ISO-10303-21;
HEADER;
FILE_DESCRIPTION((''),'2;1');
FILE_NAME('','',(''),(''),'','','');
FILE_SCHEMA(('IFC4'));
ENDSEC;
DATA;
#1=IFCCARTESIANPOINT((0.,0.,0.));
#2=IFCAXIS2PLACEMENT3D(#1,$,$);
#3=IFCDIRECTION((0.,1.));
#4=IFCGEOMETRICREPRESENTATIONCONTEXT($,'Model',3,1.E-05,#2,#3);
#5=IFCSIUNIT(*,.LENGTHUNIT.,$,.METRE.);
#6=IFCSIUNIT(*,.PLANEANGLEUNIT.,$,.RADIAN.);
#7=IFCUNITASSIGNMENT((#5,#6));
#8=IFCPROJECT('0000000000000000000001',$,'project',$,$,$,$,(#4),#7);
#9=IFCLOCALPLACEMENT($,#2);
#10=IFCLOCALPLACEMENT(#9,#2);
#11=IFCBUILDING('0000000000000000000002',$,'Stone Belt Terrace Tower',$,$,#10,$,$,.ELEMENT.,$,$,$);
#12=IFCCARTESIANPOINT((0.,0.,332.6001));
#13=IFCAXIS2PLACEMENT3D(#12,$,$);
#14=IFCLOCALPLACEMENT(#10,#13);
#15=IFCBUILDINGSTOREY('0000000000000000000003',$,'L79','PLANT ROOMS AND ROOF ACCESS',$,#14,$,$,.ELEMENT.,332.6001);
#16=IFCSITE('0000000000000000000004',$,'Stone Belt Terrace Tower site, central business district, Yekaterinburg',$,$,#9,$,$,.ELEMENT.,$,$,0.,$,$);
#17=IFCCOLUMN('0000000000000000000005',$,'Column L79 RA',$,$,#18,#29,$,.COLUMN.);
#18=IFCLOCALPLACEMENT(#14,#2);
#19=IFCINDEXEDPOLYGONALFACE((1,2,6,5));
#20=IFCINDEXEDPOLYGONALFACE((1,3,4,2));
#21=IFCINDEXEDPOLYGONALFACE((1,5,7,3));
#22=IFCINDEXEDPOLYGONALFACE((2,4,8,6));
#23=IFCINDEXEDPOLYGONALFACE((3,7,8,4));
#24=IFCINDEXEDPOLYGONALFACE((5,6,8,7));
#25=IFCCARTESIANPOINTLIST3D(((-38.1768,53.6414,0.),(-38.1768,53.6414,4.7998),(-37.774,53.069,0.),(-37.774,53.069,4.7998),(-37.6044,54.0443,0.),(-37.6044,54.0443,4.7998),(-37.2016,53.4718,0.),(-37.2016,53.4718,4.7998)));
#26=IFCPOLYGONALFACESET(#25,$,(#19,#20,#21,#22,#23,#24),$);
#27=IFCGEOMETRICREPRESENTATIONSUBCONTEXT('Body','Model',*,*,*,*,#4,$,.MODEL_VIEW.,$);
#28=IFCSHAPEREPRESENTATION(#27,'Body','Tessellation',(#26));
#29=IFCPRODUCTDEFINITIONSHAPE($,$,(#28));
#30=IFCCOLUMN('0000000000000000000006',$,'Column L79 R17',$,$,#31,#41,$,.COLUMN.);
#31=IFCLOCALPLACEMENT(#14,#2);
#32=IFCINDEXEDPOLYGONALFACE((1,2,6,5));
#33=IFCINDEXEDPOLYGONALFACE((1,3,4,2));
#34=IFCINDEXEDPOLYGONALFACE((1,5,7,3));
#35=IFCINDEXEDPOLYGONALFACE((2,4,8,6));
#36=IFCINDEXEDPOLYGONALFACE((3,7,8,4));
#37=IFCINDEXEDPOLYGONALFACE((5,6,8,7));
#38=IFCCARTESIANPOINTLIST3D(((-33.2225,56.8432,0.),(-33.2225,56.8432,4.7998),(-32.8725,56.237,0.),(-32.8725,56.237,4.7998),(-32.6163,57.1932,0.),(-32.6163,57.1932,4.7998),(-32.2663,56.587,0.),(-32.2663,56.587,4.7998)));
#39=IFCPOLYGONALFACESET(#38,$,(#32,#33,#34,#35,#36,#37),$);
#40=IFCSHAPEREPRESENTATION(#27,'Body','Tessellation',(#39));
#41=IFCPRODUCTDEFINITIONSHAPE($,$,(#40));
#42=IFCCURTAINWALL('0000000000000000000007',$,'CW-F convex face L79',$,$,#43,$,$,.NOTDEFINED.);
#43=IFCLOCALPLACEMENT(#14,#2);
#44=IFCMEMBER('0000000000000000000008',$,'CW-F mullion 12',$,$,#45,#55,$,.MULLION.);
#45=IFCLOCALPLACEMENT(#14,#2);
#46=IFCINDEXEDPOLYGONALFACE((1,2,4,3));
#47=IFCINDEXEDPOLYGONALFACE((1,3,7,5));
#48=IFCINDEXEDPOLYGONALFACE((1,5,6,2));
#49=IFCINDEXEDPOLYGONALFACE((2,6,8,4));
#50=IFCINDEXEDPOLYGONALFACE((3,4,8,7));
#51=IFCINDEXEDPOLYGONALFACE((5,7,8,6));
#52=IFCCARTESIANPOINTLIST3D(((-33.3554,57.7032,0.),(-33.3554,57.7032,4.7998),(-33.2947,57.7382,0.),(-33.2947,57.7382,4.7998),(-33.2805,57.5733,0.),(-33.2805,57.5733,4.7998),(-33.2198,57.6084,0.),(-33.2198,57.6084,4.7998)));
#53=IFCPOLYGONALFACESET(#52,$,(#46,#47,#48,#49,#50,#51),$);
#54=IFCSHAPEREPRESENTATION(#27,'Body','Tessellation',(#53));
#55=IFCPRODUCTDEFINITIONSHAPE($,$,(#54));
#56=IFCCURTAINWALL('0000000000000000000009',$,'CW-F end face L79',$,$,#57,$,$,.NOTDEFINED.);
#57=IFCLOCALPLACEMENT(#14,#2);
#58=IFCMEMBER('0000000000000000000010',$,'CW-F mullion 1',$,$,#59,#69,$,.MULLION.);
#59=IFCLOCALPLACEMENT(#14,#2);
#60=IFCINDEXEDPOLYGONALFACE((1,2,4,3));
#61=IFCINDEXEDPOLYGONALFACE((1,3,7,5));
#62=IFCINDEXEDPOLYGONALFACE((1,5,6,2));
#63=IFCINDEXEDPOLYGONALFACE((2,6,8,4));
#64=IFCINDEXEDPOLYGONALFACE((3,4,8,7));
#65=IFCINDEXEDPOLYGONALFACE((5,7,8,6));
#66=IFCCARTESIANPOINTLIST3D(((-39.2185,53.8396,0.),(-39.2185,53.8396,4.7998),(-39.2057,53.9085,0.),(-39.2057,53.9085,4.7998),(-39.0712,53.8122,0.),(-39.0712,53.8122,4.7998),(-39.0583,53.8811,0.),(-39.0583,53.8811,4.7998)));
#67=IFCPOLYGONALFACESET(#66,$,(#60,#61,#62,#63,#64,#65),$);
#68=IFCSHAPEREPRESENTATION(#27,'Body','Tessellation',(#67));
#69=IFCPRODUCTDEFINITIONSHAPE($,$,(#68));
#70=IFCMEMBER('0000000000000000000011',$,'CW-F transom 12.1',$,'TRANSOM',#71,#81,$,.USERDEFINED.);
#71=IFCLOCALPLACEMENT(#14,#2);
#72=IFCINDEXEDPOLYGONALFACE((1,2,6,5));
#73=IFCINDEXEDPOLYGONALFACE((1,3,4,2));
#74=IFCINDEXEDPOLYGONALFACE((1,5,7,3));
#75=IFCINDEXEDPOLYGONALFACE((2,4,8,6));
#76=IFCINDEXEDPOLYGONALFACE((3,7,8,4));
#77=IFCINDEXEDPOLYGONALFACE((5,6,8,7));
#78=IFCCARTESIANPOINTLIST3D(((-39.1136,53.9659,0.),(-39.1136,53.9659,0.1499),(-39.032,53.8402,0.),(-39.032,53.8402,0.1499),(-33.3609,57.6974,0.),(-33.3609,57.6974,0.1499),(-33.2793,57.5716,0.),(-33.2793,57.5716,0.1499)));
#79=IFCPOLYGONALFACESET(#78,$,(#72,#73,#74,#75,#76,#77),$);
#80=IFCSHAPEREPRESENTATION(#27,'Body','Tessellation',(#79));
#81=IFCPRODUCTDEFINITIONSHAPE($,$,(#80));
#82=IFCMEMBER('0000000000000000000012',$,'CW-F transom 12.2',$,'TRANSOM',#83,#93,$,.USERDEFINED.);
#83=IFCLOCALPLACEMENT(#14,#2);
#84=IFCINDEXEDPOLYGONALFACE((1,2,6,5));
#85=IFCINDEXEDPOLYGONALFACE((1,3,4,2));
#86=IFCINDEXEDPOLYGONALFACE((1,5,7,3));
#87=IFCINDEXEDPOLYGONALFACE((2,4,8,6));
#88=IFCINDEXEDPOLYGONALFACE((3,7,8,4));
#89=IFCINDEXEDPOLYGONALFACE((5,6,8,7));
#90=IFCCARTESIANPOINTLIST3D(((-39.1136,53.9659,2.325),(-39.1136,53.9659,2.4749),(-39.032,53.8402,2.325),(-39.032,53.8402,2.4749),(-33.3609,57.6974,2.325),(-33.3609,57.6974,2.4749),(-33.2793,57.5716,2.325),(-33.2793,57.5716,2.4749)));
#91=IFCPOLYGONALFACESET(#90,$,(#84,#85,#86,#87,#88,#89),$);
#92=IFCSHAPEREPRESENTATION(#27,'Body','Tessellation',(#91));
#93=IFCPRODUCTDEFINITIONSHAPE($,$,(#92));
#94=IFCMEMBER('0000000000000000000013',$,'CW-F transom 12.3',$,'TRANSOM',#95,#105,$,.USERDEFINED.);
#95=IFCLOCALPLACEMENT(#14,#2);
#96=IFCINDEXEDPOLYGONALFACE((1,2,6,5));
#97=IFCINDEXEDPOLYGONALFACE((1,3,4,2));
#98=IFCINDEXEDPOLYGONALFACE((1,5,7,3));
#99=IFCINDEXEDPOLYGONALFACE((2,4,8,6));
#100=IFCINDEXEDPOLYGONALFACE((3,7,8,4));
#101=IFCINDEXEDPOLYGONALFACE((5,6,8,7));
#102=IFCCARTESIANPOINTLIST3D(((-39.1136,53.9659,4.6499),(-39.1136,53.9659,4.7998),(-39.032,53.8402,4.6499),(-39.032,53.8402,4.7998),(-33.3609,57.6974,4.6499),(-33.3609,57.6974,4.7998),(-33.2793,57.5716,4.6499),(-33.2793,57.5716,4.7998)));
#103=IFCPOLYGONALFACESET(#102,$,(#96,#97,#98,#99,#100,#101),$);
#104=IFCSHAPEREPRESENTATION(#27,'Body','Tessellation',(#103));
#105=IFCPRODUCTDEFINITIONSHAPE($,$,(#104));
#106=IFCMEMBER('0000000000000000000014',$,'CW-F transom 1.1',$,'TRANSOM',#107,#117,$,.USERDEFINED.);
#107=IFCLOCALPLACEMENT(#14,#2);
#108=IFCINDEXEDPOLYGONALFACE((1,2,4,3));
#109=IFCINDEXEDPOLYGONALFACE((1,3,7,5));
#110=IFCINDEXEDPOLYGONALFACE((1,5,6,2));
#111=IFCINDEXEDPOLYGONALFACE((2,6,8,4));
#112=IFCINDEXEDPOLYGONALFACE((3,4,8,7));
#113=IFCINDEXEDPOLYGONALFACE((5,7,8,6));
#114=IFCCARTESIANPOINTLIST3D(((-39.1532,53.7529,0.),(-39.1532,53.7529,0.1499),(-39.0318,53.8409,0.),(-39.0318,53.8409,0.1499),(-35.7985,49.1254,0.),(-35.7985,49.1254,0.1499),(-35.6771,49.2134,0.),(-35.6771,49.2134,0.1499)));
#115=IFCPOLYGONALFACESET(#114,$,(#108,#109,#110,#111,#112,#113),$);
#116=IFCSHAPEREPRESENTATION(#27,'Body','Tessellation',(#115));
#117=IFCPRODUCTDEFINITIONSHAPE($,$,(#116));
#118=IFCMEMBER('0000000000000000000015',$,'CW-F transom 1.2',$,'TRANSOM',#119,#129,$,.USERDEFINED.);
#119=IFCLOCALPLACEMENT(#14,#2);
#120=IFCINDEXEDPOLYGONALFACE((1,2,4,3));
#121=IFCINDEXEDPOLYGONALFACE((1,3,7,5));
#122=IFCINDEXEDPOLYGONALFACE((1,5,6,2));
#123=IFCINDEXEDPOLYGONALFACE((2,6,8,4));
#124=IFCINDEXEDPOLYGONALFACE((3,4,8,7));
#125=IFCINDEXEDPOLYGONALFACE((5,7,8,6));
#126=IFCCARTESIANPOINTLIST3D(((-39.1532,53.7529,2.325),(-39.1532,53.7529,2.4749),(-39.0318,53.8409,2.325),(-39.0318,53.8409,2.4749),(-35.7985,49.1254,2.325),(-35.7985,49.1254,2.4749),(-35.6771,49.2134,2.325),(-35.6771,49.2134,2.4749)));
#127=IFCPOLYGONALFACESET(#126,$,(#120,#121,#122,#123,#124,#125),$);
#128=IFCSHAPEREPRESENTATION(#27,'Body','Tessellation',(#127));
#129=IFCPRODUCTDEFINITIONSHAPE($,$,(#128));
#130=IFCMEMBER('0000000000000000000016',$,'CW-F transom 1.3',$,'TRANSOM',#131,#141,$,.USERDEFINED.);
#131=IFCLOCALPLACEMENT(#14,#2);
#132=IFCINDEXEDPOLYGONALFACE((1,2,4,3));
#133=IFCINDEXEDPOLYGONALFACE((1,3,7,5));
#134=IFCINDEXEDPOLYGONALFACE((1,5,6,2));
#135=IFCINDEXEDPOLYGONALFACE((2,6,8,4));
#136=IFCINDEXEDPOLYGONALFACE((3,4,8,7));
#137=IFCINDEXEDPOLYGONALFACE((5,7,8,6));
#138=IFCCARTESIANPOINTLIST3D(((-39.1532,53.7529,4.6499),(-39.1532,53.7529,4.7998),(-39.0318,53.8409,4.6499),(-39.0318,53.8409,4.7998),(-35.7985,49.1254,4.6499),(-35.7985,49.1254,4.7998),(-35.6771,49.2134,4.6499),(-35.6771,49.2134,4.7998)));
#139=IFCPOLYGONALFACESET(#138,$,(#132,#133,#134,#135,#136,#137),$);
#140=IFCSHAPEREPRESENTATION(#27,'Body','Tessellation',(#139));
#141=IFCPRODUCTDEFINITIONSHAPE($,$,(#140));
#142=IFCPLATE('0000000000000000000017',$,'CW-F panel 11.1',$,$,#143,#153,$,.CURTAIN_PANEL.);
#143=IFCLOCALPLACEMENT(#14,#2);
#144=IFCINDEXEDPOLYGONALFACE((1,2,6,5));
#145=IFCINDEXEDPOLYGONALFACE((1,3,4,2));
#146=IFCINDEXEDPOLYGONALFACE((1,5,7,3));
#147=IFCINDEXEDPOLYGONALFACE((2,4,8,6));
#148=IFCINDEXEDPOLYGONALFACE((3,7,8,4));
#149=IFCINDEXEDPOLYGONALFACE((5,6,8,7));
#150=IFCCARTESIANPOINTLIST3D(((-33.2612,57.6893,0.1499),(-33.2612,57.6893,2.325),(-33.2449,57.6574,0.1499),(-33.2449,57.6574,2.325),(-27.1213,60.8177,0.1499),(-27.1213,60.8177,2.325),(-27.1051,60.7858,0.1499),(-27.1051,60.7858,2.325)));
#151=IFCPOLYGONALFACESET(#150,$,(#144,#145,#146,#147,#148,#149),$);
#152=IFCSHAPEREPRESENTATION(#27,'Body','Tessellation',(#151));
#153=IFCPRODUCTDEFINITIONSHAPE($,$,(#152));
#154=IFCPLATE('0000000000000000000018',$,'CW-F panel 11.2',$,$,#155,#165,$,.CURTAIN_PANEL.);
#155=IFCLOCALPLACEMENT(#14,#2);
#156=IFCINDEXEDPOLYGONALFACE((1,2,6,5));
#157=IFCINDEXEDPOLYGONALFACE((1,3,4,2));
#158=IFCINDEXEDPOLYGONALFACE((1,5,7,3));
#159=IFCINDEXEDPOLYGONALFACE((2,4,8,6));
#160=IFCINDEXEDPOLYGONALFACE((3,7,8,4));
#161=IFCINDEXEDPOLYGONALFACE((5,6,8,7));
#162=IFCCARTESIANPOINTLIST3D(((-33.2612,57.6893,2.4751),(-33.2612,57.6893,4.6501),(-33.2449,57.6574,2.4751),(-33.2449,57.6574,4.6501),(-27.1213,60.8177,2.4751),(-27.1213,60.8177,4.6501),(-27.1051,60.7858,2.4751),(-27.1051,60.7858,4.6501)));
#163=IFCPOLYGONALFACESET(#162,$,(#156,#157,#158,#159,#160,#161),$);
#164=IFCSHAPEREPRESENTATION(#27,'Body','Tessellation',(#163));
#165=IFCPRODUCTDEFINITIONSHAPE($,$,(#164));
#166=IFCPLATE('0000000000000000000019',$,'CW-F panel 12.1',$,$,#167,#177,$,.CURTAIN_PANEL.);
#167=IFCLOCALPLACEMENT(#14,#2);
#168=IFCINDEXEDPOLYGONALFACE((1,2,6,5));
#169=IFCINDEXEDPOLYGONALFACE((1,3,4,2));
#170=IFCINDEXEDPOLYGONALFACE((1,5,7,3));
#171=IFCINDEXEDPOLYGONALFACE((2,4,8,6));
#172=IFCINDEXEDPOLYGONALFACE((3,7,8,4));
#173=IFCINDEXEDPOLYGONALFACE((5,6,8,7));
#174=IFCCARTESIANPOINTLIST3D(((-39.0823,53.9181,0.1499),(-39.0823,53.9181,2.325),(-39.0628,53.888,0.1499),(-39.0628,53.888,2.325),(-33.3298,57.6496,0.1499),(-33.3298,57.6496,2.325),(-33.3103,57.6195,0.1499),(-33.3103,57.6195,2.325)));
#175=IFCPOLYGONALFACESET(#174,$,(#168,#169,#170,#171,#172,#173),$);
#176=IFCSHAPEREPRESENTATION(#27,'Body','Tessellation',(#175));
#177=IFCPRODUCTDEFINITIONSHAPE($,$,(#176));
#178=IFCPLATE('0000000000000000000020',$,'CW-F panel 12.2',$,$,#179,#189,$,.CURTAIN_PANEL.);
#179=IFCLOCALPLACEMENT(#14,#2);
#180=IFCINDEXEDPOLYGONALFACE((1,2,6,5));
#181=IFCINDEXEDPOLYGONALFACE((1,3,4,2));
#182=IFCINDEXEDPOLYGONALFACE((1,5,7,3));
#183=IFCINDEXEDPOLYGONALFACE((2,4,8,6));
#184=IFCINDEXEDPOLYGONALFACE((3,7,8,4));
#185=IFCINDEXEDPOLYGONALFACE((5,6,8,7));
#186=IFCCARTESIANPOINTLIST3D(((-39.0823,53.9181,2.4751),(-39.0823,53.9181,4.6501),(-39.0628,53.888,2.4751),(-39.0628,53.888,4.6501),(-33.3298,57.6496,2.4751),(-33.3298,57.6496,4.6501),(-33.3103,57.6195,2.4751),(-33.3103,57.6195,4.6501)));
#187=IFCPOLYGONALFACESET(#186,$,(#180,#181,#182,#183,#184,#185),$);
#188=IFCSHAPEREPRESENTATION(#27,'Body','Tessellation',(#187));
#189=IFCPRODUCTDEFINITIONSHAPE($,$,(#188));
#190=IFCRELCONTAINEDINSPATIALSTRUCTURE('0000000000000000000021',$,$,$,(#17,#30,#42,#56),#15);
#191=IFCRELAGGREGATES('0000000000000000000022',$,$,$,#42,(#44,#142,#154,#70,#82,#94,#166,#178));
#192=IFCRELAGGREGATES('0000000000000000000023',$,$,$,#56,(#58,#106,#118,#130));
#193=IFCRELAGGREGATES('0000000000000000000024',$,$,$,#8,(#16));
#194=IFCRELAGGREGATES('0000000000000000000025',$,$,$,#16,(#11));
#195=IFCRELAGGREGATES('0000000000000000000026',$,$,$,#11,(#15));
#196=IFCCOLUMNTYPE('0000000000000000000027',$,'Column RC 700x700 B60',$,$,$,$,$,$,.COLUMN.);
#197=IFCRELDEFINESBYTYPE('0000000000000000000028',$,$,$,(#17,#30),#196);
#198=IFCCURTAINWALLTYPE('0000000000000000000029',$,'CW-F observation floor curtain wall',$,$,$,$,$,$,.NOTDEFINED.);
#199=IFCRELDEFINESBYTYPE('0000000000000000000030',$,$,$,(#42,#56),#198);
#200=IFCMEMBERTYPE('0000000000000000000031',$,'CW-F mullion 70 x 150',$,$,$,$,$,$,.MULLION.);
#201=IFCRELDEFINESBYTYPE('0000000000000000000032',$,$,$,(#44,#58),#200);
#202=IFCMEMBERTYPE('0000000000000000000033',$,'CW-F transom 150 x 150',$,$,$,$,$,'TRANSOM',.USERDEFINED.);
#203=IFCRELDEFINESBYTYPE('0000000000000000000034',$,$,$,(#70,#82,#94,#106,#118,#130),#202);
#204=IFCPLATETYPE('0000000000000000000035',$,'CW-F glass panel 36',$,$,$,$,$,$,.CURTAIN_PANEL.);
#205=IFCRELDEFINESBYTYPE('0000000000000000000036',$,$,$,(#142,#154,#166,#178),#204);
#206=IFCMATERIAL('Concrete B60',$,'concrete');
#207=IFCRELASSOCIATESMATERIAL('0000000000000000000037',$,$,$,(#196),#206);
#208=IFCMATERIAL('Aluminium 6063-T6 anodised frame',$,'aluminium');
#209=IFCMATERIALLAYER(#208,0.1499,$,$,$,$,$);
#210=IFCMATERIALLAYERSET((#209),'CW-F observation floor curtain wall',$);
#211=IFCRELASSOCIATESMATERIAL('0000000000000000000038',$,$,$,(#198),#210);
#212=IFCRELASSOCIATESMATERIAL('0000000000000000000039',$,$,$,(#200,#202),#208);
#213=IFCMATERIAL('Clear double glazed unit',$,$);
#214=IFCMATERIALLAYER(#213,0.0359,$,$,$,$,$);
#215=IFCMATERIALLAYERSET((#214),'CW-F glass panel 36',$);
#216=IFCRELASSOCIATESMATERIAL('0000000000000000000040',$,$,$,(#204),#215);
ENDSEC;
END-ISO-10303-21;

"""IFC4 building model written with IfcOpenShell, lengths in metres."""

from ifc_helpers import new_model, si_unit, direction, frame, origin, origin_2d, place, context, subcontext, project, spatial, rectangle, extrude, material, layer, layer_set, material_profile, profile_set, type_object, element, aggregate, save


model = new_model("IFC4")

# Units and contexts
model_context = context("Model", 3, precision=1e-05, world=origin(), true_north=direction((0.0, 1.0)))
body_context = subcontext(model_context, "Body", "Model", "MODEL_VIEW")
ifc_project = project(units=[si_unit("LENGTHUNIT", "METRE"), si_unit("PLANEANGLEUNIT", "RADIAN")], contexts=[model_context])

# Site, building, storey
site_placement = place(None, origin())
site = spatial("IfcSite", under=ifc_project, at=site_placement, Name="Stone Belt Terrace Tower site, central business district, Yekaterinburg", CompositionType="ELEMENT", RefElevation=0.0)
building_placement = place(site_placement, origin())
building = spatial("IfcBuilding", under=site, at=building_placement, Name="Stone Belt Terrace Tower", CompositionType="ELEMENT")
storey_placement = place(building_placement, frame((0.0, 0.0, 332.6001)))
storey = spatial("IfcBuildingStorey", under=building, at=storey_placement, Name="L79", Description="PLANT ROOMS AND ROOF ACCESS", CompositionType="ELEMENT", Elevation=332.6001)

# Columns
ifc_material_1 = material(Name="Concrete B60", Category="concrete")
ifc_material_profile_1 = material_profile(ifc_material_1, rectangle(XDim=0.7, YDim=0.7, at=origin_2d()), Name="RC 700x700")
ifc_profile_set_1 = profile_set([ifc_material_profile_1], Name="Concrete B60")
column_type = type_object("IfcColumnType", Name="Column RC 700x700 B60", PredefinedType="COLUMN", material=ifc_profile_set_1)
for number, where, z_axis, x_axis, name in (
    (1, (-37.6892, 53.5566, 0.0), (0.0, 0.0, 1.0), (0.817796, 0.575508, 0.0), "Column L79 RA"),
    (2, (-32.7444, 56.7151, 0.0), (0.0, 0.0, 1.0), (0.866025, 0.5, 0.0), "Column L79 R17"),
):
    element("IfcColumn", number, at=place(storey_placement, frame(where, z_axis=z_axis, x_axis=x_axis)), inside=storey, type_object=column_type, Name=name, PredefinedType="COLUMN", context=body_context, shape_type="SweptSolid", body=[
        extrude(rectangle(XDim=0.7, YDim=0.7, at=origin_2d()), origin(), (0.0, 0.0, 1.0), 4.7998),
    ])

# Curtain walls, members
ifc_material_2 = material(Name="Aluminium 6063-T6 anodised frame", Category="aluminium")
ifc_layer_1 = layer(ifc_material_2, 0.1499)
ifc_layer_set_1 = layer_set([ifc_layer_1], Name="CW-F observation floor curtain wall")
curtain_wall_type = type_object("IfcCurtainWallType", Name="CW-F observation floor curtain wall", PredefinedType="NOTDEFINED", material=ifc_layer_set_1)
curtain_wall_1_placement = place(storey_placement, origin())
curtain_wall_1 = element("IfcCurtainWall", 3, at=curtain_wall_1_placement, inside=storey, type_object=curtain_wall_type, Name="CW-F convex face L79", PredefinedType="NOTDEFINED")
ifc_material_profile_2 = material_profile(ifc_material_2, rectangle(XDim=0.1499, YDim=0.0701, at=origin_2d()), Name="Aluminium 6063-T6 70x150")
ifc_profile_set_2 = profile_set([ifc_material_profile_2], Name="Aluminium 6063-T6 anodised frame")
member_type_1 = type_object("IfcMemberType", Name="CW-F mullion 70 x 150", PredefinedType="MULLION", material=ifc_profile_set_2)
member_1_placement = place(storey_placement, frame((-33.2876, 57.6558, 0.0), z_axis=(0.0, 0.0, 1.0), x_axis=(0.499774, -0.866156, 0.0)))
member_1 = element("IfcMember", 4, at=member_1_placement, type_object=member_type_1, Name="CW-F mullion 12", PredefinedType="MULLION", context=body_context, shape_type="SweptSolid", body=[
    extrude(rectangle(XDim=0.1499, YDim=0.0701, at=origin_2d()), origin(), (0.0, 0.0, 1.0), 4.7998),
])
curtain_wall_2_placement = place(storey_placement, origin())
curtain_wall_2 = element("IfcCurtainWall", 5, at=curtain_wall_2_placement, inside=storey, type_object=curtain_wall_type, Name="CW-F end face L79", PredefinedType="NOTDEFINED")
member_2_placement = place(storey_placement, frame((-39.1384, 53.8604, 0.0), z_axis=(0.0, 0.0, 1.0), x_axis=(0.983112, -0.183007, 0.0)))
member_2 = element("IfcMember", 6, at=member_2_placement, type_object=member_type_1, Name="CW-F mullion 1", PredefinedType="MULLION", context=body_context, shape_type="SweptSolid", body=[
    extrude(rectangle(XDim=0.1499, YDim=0.0701, at=origin_2d()), origin(), (0.0, 0.0, 1.0), 4.7998),
])

# Members
ifc_material_profile_3 = material_profile(ifc_material_2, rectangle(XDim=0.1499, YDim=0.1499, at=origin_2d()), Name="Aluminium 6063-T6 150x150")
ifc_profile_set_3 = profile_set([ifc_material_profile_3], Name="Aluminium 6063-T6 anodised frame")
member_type_2 = type_object("IfcMemberType", Name="CW-F transom 150 x 150", ElementType="TRANSOM", PredefinedType="USERDEFINED", material=ifc_profile_set_3)
member_3_placement = place(storey_placement, frame((-33.3201, 57.6345, 0.075), z_axis=(-0.838963, -0.544188, 0.0), x_axis=(0.544188, -0.838963, 0.0)))
member_3 = element("IfcMember", 7, at=member_3_placement, type_object=member_type_2, Name="CW-F transom 12.1", ObjectType="TRANSOM", PredefinedType="USERDEFINED", context=body_context, shape_type="SweptSolid", body=[
    extrude(rectangle(XDim=0.1499, YDim=0.1499, at=origin_2d()), origin(), (0.0, 0.0, 1.0), 6.8569),
])
member_4_placement = place(storey_placement, frame((-33.3201, 57.6345, 2.3999), z_axis=(-0.838963, -0.544188, 0.0), x_axis=(0.544188, -0.838963, 0.0)))
member_4 = element("IfcMember", 8, at=member_4_placement, type_object=member_type_2, Name="CW-F transom 12.2", ObjectType="TRANSOM", PredefinedType="USERDEFINED", context=body_context, shape_type="SweptSolid", body=[
    extrude(rectangle(XDim=0.1499, YDim=0.1499, at=origin_2d()), origin(), (0.0, 0.0, 1.0), 6.8569),
])
member_5_placement = place(storey_placement, frame((-33.3201, 57.6345, 4.7249), z_axis=(-0.838963, -0.544188, 0.0), x_axis=(0.544188, -0.838963, 0.0)))
member_5 = element("IfcMember", 9, at=member_5_placement, type_object=member_type_2, Name="CW-F transom 12.3", ObjectType="TRANSOM", PredefinedType="USERDEFINED", context=body_context, shape_type="SweptSolid", body=[
    extrude(rectangle(XDim=0.1499, YDim=0.1499, at=origin_2d()), origin(), (0.0, 0.0, 1.0), 6.8569),
])
member_6_placement = place(storey_placement, frame((-39.0925, 53.7969, 0.075), z_axis=(0.586949, -0.809624, 0.0), x_axis=(0.809624, 0.586949, 0.0)))
member_6 = element("IfcMember", 10, at=member_6_placement, type_object=member_type_2, Name="CW-F transom 1.1", ObjectType="TRANSOM", PredefinedType="USERDEFINED", context=body_context, shape_type="SweptSolid", body=[
    extrude(rectangle(XDim=0.1499, YDim=0.1499, at=origin_2d()), origin(), (0.0, 0.0, 1.0), 5.7156),
])
member_7_placement = place(storey_placement, frame((-39.0925, 53.7969, 2.3999), z_axis=(0.586949, -0.809624, 0.0), x_axis=(0.809624, 0.586949, 0.0)))
member_7 = element("IfcMember", 11, at=member_7_placement, type_object=member_type_2, Name="CW-F transom 1.2", ObjectType="TRANSOM", PredefinedType="USERDEFINED", context=body_context, shape_type="SweptSolid", body=[
    extrude(rectangle(XDim=0.1499, YDim=0.1499, at=origin_2d()), origin(), (0.0, 0.0, 1.0), 5.7156),
])
member_8_placement = place(storey_placement, frame((-39.0925, 53.7969, 4.7249), z_axis=(0.586949, -0.809624, 0.0), x_axis=(0.809624, 0.586949, 0.0)))
member_8 = element("IfcMember", 12, at=member_8_placement, type_object=member_type_2, Name="CW-F transom 1.3", ObjectType="TRANSOM", PredefinedType="USERDEFINED", context=body_context, shape_type="SweptSolid", body=[
    extrude(rectangle(XDim=0.1499, YDim=0.1499, at=origin_2d()), origin(), (0.0, 0.0, 1.0), 5.7156),
])

# Plates
ifc_material_3 = material(Name="Clear double glazed unit")
ifc_layer_2 = layer(ifc_material_3, 0.0359)
ifc_layer_set_2 = layer_set([ifc_layer_2], Name="CW-F glass panel 36")
plate_type = type_object("IfcPlateType", Name="CW-F glass panel 36", PredefinedType="CURTAIN_PANEL", material=ifc_layer_set_2)
plate_1_placement = place(storey_placement, frame((-30.1831, 59.2375, 0.1499), z_axis=(0.0, 0.0, 1.0), x_axis=(-0.891007, -0.45399, 0.0)))
plate_1 = element("IfcPlate", 13, at=plate_1_placement, type_object=plate_type, Name="CW-F panel 11.1", PredefinedType="CURTAIN_PANEL", context=body_context, shape_type="SweptSolid", body=[
    extrude(rectangle(XDim=6.8909, YDim=0.0359, at=origin_2d()), origin(), (0.0, 0.0, 1.0), 2.175),
])
plate_2_placement = place(storey_placement, frame((-30.1831, 59.2375, 2.4751), z_axis=(0.0, 0.0, 1.0), x_axis=(-0.891007, -0.45399, 0.0)))
plate_2 = element("IfcPlate", 14, at=plate_2_placement, type_object=plate_type, Name="CW-F panel 11.2", PredefinedType="CURTAIN_PANEL", context=body_context, shape_type="SweptSolid", body=[
    extrude(rectangle(XDim=6.8909, YDim=0.0359, at=origin_2d()), origin(), (0.0, 0.0, 1.0), 2.175),
])
plate_3_placement = place(storey_placement, frame((-36.1963, 55.7688, 0.1499), z_axis=(0.0, 0.0, 1.0), x_axis=(-0.838955, -0.5442, 0.0)))
plate_3 = element("IfcPlate", 15, at=plate_3_placement, type_object=plate_type, Name="CW-F panel 12.1", PredefinedType="CURTAIN_PANEL", context=body_context, shape_type="SweptSolid", body=[
    extrude(rectangle(XDim=6.8567, YDim=0.0359, at=origin_2d()), origin(), (0.0, 0.0, 1.0), 2.175),
])
plate_4_placement = place(storey_placement, frame((-36.1963, 55.7688, 2.4751), z_axis=(0.0, 0.0, 1.0), x_axis=(-0.838955, -0.5442, 0.0)))
plate_4 = element("IfcPlate", 16, at=plate_4_placement, type_object=plate_type, Name="CW-F panel 12.2", PredefinedType="CURTAIN_PANEL", context=body_context, shape_type="SweptSolid", body=[
    extrude(rectangle(XDim=6.8567, YDim=0.0359, at=origin_2d()), origin(), (0.0, 0.0, 1.0), 2.175),
])
aggregate(curtain_wall_1, [member_1, plate_1, plate_2, member_3, member_4, member_5, plate_3, plate_4])
aggregate(curtain_wall_2, [member_2, member_6, member_7, member_8])

save(model, "model.ifc")
